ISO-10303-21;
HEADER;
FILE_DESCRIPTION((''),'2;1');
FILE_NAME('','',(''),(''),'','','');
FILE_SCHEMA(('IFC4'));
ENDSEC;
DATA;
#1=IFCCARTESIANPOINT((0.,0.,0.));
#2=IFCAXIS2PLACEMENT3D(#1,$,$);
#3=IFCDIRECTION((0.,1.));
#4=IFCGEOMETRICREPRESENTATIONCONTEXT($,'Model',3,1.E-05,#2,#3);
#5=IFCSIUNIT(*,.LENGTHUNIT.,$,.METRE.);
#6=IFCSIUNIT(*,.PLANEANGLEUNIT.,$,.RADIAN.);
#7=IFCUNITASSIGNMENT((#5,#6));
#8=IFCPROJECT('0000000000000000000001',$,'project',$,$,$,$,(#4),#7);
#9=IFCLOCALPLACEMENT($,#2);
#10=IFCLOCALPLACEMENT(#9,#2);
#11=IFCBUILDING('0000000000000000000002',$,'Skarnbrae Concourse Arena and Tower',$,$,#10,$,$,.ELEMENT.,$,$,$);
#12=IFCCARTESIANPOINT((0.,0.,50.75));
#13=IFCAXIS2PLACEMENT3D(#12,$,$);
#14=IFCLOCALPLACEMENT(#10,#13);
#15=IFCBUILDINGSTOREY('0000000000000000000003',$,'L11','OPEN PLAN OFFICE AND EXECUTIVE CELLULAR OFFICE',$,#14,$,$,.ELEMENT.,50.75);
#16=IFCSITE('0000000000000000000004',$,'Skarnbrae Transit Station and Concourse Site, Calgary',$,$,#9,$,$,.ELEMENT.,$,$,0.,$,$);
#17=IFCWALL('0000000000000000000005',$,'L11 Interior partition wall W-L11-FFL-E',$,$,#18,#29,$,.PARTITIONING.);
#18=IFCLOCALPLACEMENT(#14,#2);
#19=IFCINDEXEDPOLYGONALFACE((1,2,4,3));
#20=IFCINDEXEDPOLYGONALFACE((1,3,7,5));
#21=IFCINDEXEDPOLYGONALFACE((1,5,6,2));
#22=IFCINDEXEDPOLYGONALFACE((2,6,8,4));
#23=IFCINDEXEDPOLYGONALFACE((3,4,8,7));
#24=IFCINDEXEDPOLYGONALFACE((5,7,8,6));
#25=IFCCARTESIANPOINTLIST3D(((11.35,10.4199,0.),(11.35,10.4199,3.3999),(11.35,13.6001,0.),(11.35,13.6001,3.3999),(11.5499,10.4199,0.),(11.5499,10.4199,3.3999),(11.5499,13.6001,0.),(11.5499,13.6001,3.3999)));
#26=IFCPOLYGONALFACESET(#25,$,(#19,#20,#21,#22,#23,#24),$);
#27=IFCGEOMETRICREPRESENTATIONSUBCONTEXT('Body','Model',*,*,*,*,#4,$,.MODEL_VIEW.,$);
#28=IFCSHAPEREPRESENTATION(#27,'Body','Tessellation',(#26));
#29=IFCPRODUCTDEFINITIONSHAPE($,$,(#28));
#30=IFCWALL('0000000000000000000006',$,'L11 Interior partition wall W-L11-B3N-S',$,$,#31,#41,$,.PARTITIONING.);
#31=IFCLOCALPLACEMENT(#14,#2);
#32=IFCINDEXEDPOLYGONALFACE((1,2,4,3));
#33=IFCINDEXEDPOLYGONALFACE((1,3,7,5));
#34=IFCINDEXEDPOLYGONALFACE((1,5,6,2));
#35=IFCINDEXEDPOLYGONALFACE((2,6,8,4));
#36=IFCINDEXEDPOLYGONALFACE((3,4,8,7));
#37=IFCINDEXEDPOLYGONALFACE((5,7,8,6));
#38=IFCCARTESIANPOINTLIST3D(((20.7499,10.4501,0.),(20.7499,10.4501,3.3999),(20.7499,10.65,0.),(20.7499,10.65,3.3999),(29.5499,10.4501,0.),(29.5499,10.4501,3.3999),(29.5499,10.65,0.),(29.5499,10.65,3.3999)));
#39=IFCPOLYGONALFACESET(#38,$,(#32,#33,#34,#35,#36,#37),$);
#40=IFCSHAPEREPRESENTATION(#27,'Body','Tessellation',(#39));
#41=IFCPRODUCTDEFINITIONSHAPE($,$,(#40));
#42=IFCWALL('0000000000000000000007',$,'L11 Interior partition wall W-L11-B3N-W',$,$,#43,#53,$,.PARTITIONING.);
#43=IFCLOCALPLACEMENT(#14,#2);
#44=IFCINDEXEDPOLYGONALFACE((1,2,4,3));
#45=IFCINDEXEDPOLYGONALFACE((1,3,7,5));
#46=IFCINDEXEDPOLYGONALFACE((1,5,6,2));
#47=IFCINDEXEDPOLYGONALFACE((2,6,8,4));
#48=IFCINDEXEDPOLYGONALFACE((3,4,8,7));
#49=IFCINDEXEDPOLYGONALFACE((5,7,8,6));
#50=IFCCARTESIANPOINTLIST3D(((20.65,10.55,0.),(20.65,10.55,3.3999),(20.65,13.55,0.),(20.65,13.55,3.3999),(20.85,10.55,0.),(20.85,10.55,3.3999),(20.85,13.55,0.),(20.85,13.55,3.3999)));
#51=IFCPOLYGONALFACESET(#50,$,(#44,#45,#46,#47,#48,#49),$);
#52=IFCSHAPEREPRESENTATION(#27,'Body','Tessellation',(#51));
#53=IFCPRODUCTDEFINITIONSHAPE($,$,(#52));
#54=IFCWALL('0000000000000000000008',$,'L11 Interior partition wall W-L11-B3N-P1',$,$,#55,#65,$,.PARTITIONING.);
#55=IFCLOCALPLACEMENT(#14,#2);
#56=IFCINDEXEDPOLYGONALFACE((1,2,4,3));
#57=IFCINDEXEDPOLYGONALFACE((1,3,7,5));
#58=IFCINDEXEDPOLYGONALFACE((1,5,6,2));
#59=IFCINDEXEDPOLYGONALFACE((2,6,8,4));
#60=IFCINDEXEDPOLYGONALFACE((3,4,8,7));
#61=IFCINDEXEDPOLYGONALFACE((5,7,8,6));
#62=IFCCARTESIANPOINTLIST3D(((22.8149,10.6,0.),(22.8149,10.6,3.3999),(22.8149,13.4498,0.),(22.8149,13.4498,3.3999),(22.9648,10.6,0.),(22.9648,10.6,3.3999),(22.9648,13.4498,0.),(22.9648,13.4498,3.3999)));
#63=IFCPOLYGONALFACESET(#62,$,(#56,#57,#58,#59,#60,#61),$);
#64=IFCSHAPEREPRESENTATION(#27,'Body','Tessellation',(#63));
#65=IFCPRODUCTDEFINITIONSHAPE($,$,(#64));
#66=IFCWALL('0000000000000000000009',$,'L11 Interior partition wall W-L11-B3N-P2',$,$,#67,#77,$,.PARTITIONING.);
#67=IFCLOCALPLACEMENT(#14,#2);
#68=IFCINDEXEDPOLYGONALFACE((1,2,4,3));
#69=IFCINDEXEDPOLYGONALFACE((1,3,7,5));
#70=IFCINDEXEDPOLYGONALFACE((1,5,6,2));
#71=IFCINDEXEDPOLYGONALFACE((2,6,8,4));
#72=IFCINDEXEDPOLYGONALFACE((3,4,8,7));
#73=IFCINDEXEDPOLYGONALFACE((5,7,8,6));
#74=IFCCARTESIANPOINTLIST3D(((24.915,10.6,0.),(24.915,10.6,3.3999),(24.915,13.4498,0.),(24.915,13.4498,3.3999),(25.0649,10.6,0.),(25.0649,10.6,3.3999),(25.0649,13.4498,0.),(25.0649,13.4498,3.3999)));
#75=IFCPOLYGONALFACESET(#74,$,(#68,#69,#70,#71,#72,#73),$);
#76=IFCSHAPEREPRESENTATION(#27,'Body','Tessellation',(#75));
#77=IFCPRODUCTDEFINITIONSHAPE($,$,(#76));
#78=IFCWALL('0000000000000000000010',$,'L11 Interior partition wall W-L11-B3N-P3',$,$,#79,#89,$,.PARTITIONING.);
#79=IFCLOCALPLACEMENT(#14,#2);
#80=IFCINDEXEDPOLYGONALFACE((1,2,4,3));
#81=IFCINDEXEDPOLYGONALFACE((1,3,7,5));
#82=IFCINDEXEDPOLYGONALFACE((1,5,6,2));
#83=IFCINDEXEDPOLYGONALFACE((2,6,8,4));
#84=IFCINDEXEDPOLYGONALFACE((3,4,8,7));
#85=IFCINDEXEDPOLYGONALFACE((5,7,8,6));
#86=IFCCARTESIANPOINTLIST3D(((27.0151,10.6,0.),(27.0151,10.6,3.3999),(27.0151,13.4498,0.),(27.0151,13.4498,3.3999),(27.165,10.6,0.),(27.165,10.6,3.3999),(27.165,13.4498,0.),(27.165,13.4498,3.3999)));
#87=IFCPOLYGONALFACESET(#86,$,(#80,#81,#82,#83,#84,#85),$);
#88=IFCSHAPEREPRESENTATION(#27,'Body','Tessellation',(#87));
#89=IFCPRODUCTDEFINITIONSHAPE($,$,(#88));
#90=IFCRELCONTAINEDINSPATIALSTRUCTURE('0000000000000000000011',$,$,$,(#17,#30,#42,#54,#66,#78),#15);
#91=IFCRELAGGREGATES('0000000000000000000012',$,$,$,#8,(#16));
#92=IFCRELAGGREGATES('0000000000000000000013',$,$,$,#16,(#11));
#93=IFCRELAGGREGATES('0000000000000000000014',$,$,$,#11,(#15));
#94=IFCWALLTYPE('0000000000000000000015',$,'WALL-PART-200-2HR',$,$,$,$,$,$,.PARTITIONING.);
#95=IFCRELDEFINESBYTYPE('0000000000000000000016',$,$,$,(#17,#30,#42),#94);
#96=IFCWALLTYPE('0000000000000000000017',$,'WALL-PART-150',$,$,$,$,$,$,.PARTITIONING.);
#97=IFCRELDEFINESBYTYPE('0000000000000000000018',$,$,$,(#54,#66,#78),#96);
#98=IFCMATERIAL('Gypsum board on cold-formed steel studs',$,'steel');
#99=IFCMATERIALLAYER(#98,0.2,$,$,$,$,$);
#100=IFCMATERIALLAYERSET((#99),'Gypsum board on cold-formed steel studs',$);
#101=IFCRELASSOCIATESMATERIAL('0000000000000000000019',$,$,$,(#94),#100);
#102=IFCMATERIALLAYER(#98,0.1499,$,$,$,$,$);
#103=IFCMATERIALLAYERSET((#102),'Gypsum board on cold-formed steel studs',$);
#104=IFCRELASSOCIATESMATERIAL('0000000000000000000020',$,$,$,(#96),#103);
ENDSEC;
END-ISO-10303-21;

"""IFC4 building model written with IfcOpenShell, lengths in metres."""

from ifc_helpers import new_model, si_unit, direction, frame, frame_2d, origin, place, context, subcontext, project, spatial, rectangle, extrude, source, transform, mapped, material, layer, layer_set, type_object, element, save


model = new_model("IFC4")

# Units and contexts
model_context = context("Model", 3, precision=1e-05, world=origin(), true_north=direction((0.0, 1.0)))
body_context = subcontext(model_context, "Body", "Model", "MODEL_VIEW")
ifc_project = project(units=[si_unit("LENGTHUNIT", "METRE"), si_unit("PLANEANGLEUNIT", "RADIAN")], contexts=[model_context])

# Site, building, storey
site_placement = place(None, origin())
site = spatial("IfcSite", under=ifc_project, at=site_placement, Name="Skarnbrae Transit Station and Concourse Site, Calgary", CompositionType="ELEMENT", RefElevation=0.0)
building_placement = place(site_placement, origin())
building = spatial("IfcBuilding", under=site, at=building_placement, Name="Skarnbrae Concourse Arena and Tower", CompositionType="ELEMENT")
storey_placement = place(building_placement, frame((0.0, 0.0, 50.75)))
storey = spatial("IfcBuildingStorey", under=building, at=storey_placement, Name="L11", Description="OPEN PLAN OFFICE AND EXECUTIVE CELLULAR OFFICE", CompositionType="ELEMENT", Elevation=50.75)

# Wall
ifc_material_1 = material(Name="Gypsum board on cold-formed steel studs", Category="steel")
ifc_layer_1 = layer(ifc_material_1, 0.2)
ifc_layer_set_1 = layer_set([ifc_layer_1], Name="Gypsum board on cold-formed steel studs")
wall_type_1 = type_object("IfcWallType", Name="WALL-PART-200-2HR", PredefinedType="PARTITIONING", material=ifc_layer_set_1)
shared_shape_1 = source(origin(), body_context, "Body", "SweptSolid", [
    extrude(rectangle(XDim=3.1802, YDim=0.2, at=frame_2d((1.5901, 0.0))), origin(), (0.0, 0.0, 1.0), 3.3999),
])
wall_1_placement = place(storey_placement, frame((11.45, 10.4199, 0.0), z_axis=(0.0, 0.0, 1.0), x_axis=(0.0, 1.0, 0.0)))
element("IfcWall", 1, at=wall_1_placement, inside=storey, type_object=wall_type_1, Name="L11 Interior partition wall W-L11-FFL-E", PredefinedType="PARTITIONING", context=body_context, shape_type="MappedRepresentation", body=[
    mapped(shared_shape_1, transform((0.0, 0.0, 0.0))),
])

# Walls
shared_shape_2 = source(origin(), body_context, "Body", "SweptSolid", [
    extrude(rectangle(XDim=8.8, YDim=0.2, at=frame_2d((4.3999, 0.0))), origin(), (0.0, 0.0, 1.0), 3.3999),
])
wall_2_placement = place(storey_placement, frame((20.75, 10.55, 0.0), z_axis=(0.0, 0.0, 1.0), x_axis=(1.0, 0.0, 0.0)))
element("IfcWall", 2, at=wall_2_placement, inside=storey, type_object=wall_type_1, Name="L11 Interior partition wall W-L11-B3N-S", PredefinedType="PARTITIONING", context=body_context, shape_type="MappedRepresentation", body=[
    mapped(shared_shape_2, transform((0.0, 0.0, 0.0))),
])
shared_shape_3 = source(origin(), body_context, "Body", "SweptSolid", [
    extrude(rectangle(XDim=3.0, YDim=0.2, at=frame_2d((1.5, 0.0))), origin(), (0.0, 0.0, 1.0), 3.3999),
])
wall_3_placement = place(storey_placement, frame((20.75, 10.55, 0.0), z_axis=(0.0, 0.0, 1.0), x_axis=(0.0, 1.0, 0.0)))
element("IfcWall", 3, at=wall_3_placement, inside=storey, type_object=wall_type_1, Name="L11 Interior partition wall W-L11-B3N-W", PredefinedType="PARTITIONING", context=body_context, shape_type="MappedRepresentation", body=[
    mapped(shared_shape_3, transform((0.0, 0.0, 0.0))),
])
ifc_layer_2 = layer(ifc_material_1, 0.1499)
ifc_layer_set_2 = layer_set([ifc_layer_2], Name="Gypsum board on cold-formed steel studs")
wall_type_2 = type_object("IfcWallType", Name="WALL-PART-150", PredefinedType="PARTITIONING", material=ifc_layer_set_2)
shared_shape_4 = source(origin(), body_context, "Body", "SweptSolid", [
    extrude(rectangle(XDim=2.8499, YDim=0.1499, at=frame_2d((1.4248, 0.0))), origin(), (0.0, 0.0, 1.0), 3.3999),
])
for number, where, z_axis, x_axis, name in (
    (4, (22.8899, 10.6001, 0.0), (0.0, 0.0, 1.0), (0.0, 1.0, 0.0), "L11 Interior partition wall W-L11-B3N-P1"),
    (5, (24.99, 10.6001, 0.0), (0.0, 0.0, 1.0), (0.0, 1.0, 0.0), "L11 Interior partition wall W-L11-B3N-P2"),
    (6, (27.0901, 10.6001, 0.0), (0.0, 0.0, 1.0), (0.0, 1.0, 0.0), "L11 Interior partition wall W-L11-B3N-P3"),
):
    element("IfcWall", number, at=place(storey_placement, frame(where, z_axis=z_axis, x_axis=x_axis)), inside=storey, type_object=wall_type_2, Name=name, PredefinedType="PARTITIONING", context=body_context, shape_type="MappedRepresentation", body=[
        mapped(shared_shape_4, transform((0.0, 0.0, 0.0))),
    ])

save(model, "model.ifc")
